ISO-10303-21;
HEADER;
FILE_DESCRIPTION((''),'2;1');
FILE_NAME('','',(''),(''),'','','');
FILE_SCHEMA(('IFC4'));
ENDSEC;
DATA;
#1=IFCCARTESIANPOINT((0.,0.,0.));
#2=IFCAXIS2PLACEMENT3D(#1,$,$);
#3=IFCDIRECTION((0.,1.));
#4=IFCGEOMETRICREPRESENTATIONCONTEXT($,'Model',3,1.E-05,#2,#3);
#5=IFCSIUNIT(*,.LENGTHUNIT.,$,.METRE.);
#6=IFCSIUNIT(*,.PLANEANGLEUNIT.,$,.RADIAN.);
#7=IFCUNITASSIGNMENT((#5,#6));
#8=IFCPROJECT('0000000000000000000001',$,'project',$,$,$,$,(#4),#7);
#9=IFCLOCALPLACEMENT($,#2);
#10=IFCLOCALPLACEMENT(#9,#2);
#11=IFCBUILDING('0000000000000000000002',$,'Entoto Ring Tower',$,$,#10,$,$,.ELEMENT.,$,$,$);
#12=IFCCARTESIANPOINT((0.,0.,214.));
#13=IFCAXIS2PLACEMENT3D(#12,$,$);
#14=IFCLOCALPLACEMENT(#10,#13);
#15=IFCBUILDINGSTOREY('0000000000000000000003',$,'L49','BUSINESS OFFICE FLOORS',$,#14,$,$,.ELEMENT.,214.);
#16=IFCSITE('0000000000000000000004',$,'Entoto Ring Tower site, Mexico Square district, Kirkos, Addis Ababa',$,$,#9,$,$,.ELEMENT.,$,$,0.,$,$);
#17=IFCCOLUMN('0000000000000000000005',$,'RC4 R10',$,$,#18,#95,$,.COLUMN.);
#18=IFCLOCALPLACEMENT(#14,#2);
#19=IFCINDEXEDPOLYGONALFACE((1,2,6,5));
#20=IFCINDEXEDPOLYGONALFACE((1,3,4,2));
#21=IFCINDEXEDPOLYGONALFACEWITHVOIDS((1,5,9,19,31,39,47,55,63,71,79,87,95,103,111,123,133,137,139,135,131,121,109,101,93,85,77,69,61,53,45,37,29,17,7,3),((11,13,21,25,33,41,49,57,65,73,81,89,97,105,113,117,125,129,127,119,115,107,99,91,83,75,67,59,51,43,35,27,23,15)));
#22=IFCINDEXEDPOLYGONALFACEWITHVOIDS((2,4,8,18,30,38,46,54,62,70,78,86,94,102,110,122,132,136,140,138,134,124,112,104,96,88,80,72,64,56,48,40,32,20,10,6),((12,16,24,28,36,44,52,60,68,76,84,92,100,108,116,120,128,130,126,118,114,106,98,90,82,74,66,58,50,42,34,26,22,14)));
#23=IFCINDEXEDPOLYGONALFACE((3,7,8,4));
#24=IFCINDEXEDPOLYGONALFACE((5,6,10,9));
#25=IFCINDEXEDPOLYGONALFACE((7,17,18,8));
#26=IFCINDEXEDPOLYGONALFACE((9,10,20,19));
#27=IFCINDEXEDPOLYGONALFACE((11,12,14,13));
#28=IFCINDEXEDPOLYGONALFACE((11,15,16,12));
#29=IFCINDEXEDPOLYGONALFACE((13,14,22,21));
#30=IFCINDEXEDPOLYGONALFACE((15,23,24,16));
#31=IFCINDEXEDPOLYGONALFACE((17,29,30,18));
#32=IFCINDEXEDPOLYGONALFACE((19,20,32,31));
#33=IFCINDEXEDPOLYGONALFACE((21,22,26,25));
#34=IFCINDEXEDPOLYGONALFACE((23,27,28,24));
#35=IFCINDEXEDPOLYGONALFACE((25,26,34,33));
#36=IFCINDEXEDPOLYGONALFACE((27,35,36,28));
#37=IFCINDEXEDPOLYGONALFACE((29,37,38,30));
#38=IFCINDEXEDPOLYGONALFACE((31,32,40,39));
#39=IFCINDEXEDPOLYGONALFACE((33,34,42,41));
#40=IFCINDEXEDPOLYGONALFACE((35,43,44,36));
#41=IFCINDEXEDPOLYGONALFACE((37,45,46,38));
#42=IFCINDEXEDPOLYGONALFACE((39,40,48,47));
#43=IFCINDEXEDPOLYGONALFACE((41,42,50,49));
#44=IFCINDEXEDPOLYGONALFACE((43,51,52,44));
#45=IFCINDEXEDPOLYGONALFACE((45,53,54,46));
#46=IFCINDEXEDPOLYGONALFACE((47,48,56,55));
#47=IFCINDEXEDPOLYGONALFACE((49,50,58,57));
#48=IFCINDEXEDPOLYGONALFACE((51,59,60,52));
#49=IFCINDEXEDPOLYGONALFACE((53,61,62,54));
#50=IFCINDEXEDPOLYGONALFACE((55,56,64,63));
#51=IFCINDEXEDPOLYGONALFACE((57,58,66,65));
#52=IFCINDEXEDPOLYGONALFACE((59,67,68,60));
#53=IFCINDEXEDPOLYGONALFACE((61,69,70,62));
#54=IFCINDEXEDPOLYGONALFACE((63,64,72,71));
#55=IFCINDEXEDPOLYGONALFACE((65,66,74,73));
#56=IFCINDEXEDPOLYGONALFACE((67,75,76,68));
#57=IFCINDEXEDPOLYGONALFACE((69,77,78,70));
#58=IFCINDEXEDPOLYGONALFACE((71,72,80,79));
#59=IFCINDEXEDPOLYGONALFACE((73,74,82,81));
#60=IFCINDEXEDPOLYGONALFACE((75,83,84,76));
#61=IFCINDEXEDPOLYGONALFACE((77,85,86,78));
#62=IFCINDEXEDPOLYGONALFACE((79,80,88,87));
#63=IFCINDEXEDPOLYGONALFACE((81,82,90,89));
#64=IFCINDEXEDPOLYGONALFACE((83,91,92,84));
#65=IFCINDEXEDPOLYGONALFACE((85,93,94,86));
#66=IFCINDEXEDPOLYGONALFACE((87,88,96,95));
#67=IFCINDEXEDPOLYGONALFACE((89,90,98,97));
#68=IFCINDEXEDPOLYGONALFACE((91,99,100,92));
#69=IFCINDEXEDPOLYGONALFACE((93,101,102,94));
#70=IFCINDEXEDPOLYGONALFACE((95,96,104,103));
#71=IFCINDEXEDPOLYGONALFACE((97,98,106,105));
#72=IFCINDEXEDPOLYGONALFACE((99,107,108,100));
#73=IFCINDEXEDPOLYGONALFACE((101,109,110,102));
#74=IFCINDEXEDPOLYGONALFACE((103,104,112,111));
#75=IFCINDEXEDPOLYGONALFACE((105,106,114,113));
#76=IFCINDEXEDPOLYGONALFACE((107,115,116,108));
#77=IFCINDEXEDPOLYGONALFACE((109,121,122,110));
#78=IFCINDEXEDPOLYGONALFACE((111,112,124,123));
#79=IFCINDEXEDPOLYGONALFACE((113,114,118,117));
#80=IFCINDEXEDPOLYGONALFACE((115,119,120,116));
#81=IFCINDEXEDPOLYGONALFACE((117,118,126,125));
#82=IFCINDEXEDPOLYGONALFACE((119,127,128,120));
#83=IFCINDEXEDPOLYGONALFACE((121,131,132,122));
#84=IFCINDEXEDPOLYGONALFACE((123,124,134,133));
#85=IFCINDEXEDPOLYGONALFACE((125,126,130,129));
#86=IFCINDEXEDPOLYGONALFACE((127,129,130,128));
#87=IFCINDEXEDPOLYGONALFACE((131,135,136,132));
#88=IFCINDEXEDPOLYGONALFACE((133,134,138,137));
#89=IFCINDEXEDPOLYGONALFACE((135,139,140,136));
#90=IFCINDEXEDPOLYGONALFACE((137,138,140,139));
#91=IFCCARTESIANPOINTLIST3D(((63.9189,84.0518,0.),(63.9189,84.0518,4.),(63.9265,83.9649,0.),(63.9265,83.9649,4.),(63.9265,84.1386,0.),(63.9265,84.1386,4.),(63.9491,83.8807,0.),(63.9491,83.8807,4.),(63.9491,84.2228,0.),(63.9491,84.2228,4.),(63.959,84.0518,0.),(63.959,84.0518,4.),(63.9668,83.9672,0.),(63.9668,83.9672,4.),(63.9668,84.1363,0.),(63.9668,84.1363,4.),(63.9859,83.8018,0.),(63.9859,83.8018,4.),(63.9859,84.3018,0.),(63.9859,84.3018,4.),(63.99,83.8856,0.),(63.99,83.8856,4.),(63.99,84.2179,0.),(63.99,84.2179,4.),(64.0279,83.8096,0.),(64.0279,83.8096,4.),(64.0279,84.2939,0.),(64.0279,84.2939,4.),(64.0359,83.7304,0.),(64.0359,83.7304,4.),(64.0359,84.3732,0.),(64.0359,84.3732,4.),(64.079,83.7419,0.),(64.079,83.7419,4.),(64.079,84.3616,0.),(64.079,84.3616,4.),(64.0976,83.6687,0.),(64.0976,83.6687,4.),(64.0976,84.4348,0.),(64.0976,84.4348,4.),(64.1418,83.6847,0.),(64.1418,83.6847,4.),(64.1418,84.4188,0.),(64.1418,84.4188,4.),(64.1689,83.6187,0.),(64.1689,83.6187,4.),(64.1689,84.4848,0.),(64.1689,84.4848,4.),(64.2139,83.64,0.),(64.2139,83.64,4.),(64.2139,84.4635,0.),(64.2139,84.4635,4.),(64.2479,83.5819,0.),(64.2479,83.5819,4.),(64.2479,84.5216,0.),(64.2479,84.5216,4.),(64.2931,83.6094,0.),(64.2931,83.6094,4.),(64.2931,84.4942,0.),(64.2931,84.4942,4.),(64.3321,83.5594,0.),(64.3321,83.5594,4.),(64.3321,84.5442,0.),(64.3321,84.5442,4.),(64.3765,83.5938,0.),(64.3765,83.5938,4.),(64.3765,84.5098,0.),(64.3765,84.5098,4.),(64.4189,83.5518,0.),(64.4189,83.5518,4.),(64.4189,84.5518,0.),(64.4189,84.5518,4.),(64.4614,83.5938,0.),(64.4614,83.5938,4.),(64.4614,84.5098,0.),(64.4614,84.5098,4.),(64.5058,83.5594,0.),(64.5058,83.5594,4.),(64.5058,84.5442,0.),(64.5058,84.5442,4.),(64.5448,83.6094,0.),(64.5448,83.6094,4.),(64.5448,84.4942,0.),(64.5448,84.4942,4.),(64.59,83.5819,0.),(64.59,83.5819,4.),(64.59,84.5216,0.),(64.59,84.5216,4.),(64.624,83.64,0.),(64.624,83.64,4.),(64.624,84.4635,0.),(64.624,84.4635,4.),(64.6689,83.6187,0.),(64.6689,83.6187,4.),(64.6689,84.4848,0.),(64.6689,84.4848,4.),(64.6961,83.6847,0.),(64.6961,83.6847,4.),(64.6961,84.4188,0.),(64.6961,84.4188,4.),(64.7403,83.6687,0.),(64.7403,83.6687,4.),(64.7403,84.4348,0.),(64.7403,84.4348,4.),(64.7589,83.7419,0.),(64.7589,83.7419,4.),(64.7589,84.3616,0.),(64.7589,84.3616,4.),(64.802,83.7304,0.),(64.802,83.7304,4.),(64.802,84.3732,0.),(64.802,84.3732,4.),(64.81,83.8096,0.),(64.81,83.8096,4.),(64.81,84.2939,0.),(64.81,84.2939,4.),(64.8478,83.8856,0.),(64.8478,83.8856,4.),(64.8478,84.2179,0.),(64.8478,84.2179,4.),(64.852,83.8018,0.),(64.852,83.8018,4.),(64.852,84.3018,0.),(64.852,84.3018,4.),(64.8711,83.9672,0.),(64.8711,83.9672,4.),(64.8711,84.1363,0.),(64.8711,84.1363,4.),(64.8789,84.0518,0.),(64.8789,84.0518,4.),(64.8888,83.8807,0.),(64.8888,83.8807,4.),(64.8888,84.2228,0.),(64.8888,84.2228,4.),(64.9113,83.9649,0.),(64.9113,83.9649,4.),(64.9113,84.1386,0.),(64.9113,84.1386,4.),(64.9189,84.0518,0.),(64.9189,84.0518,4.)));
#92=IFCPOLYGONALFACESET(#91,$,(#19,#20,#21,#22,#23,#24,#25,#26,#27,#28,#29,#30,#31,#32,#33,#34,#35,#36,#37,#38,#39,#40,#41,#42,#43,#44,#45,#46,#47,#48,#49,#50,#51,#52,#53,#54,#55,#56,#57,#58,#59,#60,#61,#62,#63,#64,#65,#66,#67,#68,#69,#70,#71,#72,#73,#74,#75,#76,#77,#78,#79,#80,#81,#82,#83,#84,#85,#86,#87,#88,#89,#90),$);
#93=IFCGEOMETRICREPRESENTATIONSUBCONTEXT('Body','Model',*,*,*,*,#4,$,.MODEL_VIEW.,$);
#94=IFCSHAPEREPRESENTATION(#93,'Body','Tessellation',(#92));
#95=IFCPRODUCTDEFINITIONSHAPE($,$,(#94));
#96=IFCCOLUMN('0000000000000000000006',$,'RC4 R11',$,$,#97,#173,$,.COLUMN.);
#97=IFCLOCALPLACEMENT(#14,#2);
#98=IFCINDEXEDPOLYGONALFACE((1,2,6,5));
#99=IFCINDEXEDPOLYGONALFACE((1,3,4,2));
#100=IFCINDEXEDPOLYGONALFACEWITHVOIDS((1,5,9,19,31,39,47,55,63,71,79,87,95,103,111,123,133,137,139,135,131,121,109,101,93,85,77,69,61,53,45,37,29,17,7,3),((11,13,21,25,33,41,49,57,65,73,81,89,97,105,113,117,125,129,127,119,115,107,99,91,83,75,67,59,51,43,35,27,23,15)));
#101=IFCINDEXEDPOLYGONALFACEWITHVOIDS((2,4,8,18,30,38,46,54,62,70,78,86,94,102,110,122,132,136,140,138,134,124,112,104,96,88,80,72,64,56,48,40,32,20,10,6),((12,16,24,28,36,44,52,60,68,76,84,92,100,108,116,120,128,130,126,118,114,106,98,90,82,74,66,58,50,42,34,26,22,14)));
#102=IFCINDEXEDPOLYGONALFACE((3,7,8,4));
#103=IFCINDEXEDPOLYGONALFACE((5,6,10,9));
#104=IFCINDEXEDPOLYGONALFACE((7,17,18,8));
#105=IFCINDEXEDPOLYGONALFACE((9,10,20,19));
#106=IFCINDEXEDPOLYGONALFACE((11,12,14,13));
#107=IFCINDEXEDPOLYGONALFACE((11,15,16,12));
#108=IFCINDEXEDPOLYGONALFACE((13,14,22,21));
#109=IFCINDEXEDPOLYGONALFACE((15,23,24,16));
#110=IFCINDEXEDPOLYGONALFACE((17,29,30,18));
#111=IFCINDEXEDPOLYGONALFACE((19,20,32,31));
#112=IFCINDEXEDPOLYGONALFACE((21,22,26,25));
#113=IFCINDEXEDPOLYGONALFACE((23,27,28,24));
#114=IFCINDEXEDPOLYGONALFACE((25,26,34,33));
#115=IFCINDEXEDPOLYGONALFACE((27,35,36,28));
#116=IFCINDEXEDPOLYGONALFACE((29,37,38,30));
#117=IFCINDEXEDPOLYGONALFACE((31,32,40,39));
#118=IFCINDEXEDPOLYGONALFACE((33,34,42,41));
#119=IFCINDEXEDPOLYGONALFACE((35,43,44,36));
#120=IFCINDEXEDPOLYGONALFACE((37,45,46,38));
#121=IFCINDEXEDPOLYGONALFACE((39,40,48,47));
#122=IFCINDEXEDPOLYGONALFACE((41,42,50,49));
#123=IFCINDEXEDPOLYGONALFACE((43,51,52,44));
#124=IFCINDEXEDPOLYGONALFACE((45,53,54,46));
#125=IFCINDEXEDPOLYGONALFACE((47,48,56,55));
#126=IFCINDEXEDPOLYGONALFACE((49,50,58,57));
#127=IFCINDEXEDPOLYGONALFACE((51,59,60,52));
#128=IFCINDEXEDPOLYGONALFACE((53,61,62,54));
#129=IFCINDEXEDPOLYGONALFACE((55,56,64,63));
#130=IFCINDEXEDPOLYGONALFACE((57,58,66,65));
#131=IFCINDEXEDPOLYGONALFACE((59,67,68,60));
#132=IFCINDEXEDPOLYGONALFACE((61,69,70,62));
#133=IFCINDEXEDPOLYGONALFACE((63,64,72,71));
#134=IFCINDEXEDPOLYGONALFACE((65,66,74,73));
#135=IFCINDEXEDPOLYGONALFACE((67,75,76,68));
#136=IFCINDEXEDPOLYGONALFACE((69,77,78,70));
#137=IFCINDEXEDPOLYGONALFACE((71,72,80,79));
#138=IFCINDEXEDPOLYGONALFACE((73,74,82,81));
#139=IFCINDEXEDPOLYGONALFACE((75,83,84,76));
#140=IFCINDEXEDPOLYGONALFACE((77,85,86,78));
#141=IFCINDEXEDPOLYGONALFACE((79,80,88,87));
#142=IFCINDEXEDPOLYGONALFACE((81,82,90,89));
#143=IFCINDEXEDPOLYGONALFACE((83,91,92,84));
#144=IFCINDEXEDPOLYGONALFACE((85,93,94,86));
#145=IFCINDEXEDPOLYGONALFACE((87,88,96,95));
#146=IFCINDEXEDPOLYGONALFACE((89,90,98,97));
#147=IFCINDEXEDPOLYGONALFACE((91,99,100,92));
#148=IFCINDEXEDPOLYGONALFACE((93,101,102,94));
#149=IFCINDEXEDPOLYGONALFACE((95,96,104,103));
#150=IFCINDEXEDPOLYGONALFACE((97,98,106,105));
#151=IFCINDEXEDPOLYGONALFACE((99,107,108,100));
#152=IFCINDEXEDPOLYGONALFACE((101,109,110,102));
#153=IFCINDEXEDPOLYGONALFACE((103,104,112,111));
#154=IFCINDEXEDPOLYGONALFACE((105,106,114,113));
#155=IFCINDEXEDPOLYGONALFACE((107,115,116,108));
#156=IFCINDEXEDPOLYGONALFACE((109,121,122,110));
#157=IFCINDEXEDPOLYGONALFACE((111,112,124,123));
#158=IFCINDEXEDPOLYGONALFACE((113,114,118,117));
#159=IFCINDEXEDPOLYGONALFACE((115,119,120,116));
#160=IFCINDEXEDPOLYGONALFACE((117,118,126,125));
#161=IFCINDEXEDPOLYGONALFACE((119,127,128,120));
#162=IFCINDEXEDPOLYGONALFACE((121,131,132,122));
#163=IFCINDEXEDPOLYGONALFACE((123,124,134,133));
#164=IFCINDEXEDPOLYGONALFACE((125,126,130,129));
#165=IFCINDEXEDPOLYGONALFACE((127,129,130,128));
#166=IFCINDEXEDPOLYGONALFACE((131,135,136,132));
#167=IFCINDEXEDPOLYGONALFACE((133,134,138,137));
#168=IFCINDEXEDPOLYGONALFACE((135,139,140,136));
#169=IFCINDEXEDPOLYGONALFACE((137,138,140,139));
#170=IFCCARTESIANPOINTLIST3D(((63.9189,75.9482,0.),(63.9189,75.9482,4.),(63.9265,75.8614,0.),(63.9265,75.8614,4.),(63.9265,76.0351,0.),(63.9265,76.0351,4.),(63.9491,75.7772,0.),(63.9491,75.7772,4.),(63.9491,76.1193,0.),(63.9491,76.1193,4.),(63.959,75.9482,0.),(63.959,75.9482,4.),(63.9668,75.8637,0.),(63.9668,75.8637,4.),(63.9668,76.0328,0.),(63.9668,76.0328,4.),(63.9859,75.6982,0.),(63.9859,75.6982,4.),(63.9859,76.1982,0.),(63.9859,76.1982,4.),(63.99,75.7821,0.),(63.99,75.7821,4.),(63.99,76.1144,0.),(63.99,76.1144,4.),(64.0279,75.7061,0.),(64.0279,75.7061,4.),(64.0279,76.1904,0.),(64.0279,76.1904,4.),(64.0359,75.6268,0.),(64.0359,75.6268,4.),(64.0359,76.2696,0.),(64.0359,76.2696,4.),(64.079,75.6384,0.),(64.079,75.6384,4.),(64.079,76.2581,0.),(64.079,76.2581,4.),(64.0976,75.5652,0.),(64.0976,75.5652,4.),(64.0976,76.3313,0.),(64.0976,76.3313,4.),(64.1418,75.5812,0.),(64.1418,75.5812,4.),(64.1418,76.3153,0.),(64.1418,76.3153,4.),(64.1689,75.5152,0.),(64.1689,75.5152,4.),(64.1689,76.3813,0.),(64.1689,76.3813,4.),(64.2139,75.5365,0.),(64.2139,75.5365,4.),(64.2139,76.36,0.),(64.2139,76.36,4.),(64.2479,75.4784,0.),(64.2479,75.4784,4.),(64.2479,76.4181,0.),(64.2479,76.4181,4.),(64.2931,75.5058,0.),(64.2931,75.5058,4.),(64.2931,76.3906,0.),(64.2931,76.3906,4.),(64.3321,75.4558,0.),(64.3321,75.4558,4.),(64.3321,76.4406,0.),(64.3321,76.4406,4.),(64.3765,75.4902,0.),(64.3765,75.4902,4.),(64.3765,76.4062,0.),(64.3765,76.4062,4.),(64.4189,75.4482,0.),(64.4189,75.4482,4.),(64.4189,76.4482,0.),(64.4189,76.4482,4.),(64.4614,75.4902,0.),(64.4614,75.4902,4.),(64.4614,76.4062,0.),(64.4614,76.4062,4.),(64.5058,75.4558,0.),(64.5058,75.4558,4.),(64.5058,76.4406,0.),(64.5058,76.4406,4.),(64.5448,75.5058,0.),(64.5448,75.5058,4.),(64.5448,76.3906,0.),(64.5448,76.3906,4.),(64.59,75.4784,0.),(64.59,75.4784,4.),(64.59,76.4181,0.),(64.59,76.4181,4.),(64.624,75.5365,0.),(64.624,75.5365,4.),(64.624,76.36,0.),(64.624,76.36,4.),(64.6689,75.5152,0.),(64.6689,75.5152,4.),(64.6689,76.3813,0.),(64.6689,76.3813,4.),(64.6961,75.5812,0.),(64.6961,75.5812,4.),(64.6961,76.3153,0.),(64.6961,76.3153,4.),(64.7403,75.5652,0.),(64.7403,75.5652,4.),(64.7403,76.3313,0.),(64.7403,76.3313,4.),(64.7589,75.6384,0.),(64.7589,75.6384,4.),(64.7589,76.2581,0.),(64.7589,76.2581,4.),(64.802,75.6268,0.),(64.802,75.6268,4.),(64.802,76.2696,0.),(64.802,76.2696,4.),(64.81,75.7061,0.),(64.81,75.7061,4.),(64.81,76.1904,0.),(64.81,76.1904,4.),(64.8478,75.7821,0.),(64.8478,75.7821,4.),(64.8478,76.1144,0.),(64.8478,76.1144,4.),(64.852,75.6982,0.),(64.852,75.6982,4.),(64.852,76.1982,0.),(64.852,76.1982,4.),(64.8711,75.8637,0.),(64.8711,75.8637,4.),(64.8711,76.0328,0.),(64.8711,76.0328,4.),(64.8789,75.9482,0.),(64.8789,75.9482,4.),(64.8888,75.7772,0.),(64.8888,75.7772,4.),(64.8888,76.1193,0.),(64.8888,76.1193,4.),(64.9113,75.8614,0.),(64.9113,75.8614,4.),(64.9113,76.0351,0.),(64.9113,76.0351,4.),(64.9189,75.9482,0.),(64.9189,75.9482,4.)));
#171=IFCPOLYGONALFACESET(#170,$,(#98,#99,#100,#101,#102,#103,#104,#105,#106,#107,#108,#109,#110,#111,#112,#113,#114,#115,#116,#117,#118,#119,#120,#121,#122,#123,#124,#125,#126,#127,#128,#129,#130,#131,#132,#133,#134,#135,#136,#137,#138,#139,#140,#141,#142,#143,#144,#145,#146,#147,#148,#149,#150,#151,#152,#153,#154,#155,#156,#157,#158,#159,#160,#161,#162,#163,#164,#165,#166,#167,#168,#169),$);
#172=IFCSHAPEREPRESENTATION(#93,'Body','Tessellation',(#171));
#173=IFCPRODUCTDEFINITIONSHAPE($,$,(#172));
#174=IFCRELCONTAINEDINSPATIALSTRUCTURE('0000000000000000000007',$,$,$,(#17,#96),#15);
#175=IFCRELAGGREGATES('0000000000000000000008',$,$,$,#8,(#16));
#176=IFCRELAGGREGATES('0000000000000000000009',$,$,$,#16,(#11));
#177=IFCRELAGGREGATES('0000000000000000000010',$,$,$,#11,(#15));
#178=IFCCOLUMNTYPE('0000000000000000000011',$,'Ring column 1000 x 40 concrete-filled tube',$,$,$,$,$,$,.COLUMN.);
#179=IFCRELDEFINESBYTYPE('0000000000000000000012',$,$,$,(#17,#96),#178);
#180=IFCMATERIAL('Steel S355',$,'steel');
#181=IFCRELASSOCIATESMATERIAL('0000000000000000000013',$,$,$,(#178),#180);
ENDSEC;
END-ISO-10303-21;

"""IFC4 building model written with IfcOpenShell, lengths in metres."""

from ifc_helpers import new_model, si_unit, direction, frame, origin, origin_2d, place, context, subcontext, project, spatial, circle, hollow_circle, extrude, material, material_profile, profile_set, type_object, element, save


model = new_model("IFC4")

# Units and contexts
model_context = context("Model", 3, precision=1e-05, world=origin(), true_north=direction((0.0, 1.0)))
body_context = subcontext(model_context, "Body", "Model", "MODEL_VIEW")
ifc_project = project(units=[si_unit("LENGTHUNIT", "METRE"), si_unit("PLANEANGLEUNIT", "RADIAN")], contexts=[model_context])

# Site, building, storey
site_placement = place(None, origin())
site = spatial("IfcSite", under=ifc_project, at=site_placement, Name="Entoto Ring Tower site, Mexico Square district, Kirkos, Addis Ababa", CompositionType="ELEMENT", RefElevation=0.0)
building_placement = place(site_placement, origin())
building = spatial("IfcBuilding", under=site, at=building_placement, Name="Entoto Ring Tower", CompositionType="ELEMENT")
storey_placement = place(building_placement, frame((0.0, 0.0, 214.0)))
storey = spatial("IfcBuildingStorey", under=building, at=storey_placement, Name="L49", Description="BUSINESS OFFICE FLOORS", CompositionType="ELEMENT", Elevation=214.0)

# Columns
ifc_material_1 = material(Name="Steel S355", Category="steel")
ifc_material_profile_1 = material_profile(ifc_material_1, hollow_circle(Radius=0.5, WallThickness=0.04, at=origin_2d()), Name="CHS 1000 x 40")
ifc_material_2 = material(Name="Concrete C60/75", Category="concrete")
ifc_material_profile_2 = material_profile(ifc_material_2, circle(Radius=0.46, at=origin_2d()), Name="Concrete C60/75 infill")
ifc_profile_set_1 = profile_set([ifc_material_profile_1, ifc_material_profile_2], Name="Steel S355")
column_type = type_object("IfcColumnType", Name="Ring column 1000 x 40 concrete-filled tube", PredefinedType="COLUMN", material=ifc_profile_set_1)
for number, where, z_axis, x_axis, name in (
    (1, (64.4189, 84.0518, 0.0), (0.0, 0.0, 1.0), (1.0, 0.0, 0.0), "RC4 R10"),
    (2, (64.4189, 75.9482, 0.0), (0.0, 0.0, 1.0), (1.0, 0.0, 0.0), "RC4 R11"),
):
    element("IfcColumn", number, at=place(storey_placement, frame(where, z_axis=z_axis, x_axis=x_axis)), inside=storey, type_object=column_type, Name=name, PredefinedType="COLUMN", context=body_context, shape_type="SweptSolid", body=[
        extrude(hollow_circle(Radius=0.5, WallThickness=0.04, at=origin_2d()), origin(), (0.0, 0.0, 1.0), 4.0),
    ])

save(model, "model.ifc")
